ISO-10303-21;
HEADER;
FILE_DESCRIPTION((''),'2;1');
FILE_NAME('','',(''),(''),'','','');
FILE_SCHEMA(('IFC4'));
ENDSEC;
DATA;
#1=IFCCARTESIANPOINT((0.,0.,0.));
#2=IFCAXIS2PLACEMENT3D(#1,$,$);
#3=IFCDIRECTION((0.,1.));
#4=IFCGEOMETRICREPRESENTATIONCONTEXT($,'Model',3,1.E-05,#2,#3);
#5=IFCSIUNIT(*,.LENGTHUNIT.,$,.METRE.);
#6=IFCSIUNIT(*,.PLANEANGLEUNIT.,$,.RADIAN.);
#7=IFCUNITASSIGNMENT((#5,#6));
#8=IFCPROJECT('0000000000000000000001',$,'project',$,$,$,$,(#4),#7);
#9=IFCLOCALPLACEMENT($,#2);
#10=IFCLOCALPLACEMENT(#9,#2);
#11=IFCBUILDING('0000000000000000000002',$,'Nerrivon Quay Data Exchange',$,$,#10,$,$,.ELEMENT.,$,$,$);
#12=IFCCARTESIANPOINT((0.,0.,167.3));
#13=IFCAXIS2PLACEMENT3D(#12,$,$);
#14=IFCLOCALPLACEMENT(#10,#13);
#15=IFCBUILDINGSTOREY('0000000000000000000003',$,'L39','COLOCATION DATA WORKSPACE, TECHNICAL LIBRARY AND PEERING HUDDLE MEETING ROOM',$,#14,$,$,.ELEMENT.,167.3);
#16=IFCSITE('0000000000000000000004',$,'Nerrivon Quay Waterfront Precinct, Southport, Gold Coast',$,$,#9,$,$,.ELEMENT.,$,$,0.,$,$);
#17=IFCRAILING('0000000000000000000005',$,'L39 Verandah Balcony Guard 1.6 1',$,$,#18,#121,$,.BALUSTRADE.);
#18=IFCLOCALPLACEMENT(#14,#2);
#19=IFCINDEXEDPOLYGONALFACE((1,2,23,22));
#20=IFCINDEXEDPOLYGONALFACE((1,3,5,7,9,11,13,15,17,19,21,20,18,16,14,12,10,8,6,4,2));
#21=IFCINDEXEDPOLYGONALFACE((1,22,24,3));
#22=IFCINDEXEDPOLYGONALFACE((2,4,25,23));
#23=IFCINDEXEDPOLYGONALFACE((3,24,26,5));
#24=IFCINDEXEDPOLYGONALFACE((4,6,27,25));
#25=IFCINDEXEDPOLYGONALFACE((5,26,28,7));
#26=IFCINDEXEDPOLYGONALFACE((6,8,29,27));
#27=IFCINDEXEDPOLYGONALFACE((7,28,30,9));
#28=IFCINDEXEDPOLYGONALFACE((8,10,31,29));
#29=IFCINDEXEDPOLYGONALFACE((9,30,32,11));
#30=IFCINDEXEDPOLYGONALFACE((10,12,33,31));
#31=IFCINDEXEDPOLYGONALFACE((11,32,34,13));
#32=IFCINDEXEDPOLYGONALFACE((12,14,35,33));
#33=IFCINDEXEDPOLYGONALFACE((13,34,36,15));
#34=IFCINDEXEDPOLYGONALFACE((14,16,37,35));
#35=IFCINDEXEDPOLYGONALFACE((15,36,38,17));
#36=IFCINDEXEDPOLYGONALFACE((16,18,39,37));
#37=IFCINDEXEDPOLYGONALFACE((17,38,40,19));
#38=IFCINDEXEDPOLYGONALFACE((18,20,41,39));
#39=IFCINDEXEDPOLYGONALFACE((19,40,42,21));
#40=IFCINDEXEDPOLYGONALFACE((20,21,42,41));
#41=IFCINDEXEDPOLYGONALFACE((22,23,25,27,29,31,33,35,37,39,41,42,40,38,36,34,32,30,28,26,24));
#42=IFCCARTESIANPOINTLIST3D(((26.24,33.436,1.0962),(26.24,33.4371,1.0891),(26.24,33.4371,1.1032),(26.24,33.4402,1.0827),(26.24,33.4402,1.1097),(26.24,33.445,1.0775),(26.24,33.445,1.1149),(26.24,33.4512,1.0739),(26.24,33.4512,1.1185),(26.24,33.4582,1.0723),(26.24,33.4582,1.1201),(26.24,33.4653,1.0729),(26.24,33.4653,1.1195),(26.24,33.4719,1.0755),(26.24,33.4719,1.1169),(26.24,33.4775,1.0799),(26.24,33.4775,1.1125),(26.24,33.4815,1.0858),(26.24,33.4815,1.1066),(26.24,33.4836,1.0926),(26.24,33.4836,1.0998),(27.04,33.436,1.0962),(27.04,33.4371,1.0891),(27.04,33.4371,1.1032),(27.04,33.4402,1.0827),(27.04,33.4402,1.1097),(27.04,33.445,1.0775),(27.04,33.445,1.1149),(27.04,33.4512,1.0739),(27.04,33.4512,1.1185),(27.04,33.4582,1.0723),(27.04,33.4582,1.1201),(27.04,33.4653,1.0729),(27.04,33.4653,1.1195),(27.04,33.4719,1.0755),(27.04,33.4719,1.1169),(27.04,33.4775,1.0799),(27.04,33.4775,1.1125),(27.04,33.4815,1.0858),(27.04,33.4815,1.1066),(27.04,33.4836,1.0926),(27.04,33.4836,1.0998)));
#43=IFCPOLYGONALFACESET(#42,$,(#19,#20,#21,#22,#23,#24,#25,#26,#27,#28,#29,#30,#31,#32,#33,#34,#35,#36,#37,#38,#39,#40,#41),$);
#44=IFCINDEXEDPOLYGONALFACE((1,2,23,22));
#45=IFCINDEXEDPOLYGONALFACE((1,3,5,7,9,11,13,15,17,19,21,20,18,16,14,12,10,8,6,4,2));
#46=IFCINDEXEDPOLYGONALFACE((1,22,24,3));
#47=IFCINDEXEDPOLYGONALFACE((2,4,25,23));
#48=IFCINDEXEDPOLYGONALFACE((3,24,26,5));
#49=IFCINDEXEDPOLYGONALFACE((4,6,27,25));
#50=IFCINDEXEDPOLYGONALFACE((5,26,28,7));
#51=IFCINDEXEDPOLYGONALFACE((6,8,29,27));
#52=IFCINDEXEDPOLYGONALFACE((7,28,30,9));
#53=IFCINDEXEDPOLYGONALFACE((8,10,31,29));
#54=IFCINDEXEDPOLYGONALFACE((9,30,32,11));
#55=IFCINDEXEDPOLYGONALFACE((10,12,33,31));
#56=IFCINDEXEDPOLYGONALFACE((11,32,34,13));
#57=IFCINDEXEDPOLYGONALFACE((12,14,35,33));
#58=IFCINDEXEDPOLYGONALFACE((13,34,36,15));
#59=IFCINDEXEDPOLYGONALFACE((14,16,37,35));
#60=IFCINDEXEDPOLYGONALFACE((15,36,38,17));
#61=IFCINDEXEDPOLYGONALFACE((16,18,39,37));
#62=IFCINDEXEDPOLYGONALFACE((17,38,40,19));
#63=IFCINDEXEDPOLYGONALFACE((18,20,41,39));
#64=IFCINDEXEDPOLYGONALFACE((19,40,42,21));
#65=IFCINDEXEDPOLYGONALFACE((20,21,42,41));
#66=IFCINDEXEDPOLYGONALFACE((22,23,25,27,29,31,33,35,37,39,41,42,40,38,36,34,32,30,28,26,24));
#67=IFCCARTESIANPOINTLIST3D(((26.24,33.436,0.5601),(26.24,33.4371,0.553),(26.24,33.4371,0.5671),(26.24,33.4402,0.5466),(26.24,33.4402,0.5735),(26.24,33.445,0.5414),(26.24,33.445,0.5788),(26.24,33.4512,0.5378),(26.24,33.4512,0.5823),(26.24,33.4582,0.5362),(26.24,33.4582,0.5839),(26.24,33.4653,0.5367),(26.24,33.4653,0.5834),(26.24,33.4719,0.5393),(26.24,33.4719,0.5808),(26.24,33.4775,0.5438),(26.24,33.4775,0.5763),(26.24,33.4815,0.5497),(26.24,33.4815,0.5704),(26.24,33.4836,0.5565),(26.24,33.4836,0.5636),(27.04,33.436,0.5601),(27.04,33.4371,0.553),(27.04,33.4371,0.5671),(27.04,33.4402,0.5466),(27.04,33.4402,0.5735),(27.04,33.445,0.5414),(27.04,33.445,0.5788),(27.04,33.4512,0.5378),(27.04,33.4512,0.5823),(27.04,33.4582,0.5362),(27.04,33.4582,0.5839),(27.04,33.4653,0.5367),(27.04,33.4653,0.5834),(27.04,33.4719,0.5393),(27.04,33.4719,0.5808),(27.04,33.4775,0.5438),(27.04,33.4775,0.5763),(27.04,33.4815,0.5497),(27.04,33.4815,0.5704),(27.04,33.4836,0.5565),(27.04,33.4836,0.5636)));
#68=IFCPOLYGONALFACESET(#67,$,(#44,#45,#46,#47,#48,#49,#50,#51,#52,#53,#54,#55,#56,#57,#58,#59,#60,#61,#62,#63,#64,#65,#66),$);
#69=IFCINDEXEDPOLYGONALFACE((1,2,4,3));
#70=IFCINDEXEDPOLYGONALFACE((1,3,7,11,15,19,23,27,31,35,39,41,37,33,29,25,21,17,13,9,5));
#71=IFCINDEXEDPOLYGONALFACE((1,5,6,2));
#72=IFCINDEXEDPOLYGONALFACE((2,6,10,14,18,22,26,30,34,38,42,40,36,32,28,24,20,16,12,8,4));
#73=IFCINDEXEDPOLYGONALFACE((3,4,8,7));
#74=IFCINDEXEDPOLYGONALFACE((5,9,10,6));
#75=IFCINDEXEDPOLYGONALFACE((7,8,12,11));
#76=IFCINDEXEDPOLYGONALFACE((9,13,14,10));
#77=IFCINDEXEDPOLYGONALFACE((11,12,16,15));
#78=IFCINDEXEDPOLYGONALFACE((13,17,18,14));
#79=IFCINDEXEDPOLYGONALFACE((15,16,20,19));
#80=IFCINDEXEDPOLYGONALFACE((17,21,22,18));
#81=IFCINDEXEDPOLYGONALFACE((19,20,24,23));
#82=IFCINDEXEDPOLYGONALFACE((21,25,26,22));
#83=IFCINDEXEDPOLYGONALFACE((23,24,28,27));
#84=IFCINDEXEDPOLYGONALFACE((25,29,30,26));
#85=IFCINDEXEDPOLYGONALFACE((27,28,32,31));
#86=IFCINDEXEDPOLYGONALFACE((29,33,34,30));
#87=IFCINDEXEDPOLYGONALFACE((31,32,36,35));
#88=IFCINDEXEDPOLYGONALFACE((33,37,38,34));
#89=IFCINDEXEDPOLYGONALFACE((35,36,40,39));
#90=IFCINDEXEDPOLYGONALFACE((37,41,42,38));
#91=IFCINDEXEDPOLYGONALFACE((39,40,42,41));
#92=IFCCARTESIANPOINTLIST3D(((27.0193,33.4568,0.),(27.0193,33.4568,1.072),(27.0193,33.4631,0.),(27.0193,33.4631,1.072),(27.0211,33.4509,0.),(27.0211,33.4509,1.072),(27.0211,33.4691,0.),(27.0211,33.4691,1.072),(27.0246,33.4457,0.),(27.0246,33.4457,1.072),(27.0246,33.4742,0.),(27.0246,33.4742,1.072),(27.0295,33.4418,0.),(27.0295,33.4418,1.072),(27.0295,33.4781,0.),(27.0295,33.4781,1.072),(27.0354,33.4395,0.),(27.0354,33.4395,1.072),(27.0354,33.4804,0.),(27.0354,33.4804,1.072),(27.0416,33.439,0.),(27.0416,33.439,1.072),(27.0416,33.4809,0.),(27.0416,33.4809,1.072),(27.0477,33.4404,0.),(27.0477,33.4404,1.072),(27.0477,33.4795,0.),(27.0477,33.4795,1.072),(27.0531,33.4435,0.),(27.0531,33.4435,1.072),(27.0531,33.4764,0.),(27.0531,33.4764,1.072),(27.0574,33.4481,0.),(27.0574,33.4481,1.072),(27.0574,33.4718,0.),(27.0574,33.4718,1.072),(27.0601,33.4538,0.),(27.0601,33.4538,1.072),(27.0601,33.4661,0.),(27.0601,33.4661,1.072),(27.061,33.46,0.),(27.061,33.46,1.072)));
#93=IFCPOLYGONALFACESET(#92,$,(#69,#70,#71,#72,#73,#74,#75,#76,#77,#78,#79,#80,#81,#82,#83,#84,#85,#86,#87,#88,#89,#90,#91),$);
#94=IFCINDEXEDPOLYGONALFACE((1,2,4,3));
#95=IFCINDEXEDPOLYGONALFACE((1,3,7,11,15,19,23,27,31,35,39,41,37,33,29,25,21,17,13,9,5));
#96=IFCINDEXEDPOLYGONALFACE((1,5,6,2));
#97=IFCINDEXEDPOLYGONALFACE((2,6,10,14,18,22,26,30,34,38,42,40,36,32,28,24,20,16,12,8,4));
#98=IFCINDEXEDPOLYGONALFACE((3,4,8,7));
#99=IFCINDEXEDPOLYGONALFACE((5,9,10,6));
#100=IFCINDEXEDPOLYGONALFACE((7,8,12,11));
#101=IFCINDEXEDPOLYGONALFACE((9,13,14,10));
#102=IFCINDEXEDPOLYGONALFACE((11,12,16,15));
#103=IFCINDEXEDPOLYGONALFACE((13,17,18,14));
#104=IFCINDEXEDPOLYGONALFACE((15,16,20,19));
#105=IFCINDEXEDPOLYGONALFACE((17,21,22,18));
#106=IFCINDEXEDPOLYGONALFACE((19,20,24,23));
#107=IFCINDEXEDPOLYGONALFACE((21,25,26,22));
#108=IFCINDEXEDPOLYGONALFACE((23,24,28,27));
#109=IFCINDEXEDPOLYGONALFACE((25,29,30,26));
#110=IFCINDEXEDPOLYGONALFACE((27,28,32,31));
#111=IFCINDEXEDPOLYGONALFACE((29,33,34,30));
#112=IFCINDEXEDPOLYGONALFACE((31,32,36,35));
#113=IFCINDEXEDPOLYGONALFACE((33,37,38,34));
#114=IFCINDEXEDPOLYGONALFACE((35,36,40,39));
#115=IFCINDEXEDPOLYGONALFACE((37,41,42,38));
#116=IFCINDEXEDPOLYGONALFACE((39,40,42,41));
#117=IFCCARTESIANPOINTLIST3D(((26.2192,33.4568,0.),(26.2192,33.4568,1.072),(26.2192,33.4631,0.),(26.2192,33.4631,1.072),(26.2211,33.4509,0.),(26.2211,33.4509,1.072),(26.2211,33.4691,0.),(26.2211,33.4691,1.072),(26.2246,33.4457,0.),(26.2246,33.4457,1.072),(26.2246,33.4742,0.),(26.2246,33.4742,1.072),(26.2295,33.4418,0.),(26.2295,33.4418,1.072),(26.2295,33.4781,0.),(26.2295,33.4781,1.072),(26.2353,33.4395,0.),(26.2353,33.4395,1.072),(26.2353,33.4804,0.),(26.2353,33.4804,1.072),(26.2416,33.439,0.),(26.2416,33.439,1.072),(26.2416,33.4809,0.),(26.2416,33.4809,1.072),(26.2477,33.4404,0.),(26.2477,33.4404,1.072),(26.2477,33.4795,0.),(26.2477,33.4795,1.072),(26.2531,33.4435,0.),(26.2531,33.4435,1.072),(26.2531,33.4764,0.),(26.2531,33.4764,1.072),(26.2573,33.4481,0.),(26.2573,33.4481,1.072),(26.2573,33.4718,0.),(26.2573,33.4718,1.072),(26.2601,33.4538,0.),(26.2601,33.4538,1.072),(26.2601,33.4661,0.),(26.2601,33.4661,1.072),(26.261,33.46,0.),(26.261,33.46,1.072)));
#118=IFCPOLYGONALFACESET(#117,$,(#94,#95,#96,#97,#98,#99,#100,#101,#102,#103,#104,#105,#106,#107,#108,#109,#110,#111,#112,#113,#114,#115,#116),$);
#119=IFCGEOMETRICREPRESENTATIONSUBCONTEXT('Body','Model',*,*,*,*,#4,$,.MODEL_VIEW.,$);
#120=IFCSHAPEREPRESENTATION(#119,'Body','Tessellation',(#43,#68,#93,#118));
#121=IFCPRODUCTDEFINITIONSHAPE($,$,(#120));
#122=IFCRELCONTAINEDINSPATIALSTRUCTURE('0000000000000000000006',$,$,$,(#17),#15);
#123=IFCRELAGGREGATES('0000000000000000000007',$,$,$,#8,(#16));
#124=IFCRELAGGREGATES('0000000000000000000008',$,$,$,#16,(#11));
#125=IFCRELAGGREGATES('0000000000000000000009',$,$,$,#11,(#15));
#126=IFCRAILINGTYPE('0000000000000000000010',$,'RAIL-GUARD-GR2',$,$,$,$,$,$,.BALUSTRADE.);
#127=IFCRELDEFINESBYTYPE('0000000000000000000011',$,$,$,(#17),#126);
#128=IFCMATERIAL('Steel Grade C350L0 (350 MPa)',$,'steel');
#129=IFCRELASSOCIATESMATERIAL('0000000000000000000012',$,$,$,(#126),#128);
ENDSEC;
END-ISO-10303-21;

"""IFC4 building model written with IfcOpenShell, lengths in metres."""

from ifc_helpers import new_model, si_unit, direction, frame, origin, origin_2d, place, context, subcontext, project, spatial, circle, extrude, material, type_object, element, save


model = new_model("IFC4")

# Units and contexts
model_context = context("Model", 3, precision=1e-05, world=origin(), true_north=direction((0.0, 1.0)))
body_context = subcontext(model_context, "Body", "Model", "MODEL_VIEW")
ifc_project = project(units=[si_unit("LENGTHUNIT", "METRE"), si_unit("PLANEANGLEUNIT", "RADIAN")], contexts=[model_context])

# Site, building, storey
site_placement = place(None, origin())
site = spatial("IfcSite", under=ifc_project, at=site_placement, Name="Nerrivon Quay Waterfront Precinct, Southport, Gold Coast", CompositionType="ELEMENT", RefElevation=0.0)
building_placement = place(site_placement, origin())
building = spatial("IfcBuilding", under=site, at=building_placement, Name="Nerrivon Quay Data Exchange", CompositionType="ELEMENT")
storey_placement = place(building_placement, frame((0.0, 0.0, 167.3)))
storey = spatial("IfcBuildingStorey", under=building, at=storey_placement, Name="L39", Description="COLOCATION DATA WORKSPACE, TECHNICAL LIBRARY AND PEERING HUDDLE MEETING ROOM", CompositionType="ELEMENT", Elevation=167.3)

# Shared definitions
ifc_material_1 = material(Name="Steel Grade C350L0 (350 MPa)", Category="steel")

# Railing
railing_type = type_object("IfcRailingType", Name="RAIL-GUARD-GR2", PredefinedType="BALUSTRADE", material=ifc_material_1)
railing_1_placement = place(storey_placement, frame((27.04, 33.46, 0.0)))
element("IfcRailing", 1, at=railing_1_placement, inside=storey, type_object=railing_type, Name="L39 Verandah Balcony Guard 1.6 1", PredefinedType="BALUSTRADE", context=body_context, shape_type="SweptSolid", body=[
    extrude(circle(Radius=0.0239, at=origin_2d()), frame((0.0, 0.0, 1.0962), z_axis=(-1.0, 0.0, 0.0), x_axis=(0.0, -1.0, 0.0)), (0.0, 0.0, 1.0), 0.8),
    extrude(circle(Radius=0.0239, at=origin_2d()), frame((0.0, 0.0, 0.5601), z_axis=(-1.0, 0.0, 0.0), x_axis=(0.0, -1.0, 0.0)), (0.0, 0.0, 1.0), 0.8),
    extrude(circle(Radius=0.021, at=origin_2d()), origin(), (0.0, 0.0, 1.0), 1.072),
    extrude(circle(Radius=0.021, at=origin_2d()), frame((-0.8, 0.0, 0.0)), (0.0, 0.0, 1.0), 1.072),
])

save(model, "model.ifc")
